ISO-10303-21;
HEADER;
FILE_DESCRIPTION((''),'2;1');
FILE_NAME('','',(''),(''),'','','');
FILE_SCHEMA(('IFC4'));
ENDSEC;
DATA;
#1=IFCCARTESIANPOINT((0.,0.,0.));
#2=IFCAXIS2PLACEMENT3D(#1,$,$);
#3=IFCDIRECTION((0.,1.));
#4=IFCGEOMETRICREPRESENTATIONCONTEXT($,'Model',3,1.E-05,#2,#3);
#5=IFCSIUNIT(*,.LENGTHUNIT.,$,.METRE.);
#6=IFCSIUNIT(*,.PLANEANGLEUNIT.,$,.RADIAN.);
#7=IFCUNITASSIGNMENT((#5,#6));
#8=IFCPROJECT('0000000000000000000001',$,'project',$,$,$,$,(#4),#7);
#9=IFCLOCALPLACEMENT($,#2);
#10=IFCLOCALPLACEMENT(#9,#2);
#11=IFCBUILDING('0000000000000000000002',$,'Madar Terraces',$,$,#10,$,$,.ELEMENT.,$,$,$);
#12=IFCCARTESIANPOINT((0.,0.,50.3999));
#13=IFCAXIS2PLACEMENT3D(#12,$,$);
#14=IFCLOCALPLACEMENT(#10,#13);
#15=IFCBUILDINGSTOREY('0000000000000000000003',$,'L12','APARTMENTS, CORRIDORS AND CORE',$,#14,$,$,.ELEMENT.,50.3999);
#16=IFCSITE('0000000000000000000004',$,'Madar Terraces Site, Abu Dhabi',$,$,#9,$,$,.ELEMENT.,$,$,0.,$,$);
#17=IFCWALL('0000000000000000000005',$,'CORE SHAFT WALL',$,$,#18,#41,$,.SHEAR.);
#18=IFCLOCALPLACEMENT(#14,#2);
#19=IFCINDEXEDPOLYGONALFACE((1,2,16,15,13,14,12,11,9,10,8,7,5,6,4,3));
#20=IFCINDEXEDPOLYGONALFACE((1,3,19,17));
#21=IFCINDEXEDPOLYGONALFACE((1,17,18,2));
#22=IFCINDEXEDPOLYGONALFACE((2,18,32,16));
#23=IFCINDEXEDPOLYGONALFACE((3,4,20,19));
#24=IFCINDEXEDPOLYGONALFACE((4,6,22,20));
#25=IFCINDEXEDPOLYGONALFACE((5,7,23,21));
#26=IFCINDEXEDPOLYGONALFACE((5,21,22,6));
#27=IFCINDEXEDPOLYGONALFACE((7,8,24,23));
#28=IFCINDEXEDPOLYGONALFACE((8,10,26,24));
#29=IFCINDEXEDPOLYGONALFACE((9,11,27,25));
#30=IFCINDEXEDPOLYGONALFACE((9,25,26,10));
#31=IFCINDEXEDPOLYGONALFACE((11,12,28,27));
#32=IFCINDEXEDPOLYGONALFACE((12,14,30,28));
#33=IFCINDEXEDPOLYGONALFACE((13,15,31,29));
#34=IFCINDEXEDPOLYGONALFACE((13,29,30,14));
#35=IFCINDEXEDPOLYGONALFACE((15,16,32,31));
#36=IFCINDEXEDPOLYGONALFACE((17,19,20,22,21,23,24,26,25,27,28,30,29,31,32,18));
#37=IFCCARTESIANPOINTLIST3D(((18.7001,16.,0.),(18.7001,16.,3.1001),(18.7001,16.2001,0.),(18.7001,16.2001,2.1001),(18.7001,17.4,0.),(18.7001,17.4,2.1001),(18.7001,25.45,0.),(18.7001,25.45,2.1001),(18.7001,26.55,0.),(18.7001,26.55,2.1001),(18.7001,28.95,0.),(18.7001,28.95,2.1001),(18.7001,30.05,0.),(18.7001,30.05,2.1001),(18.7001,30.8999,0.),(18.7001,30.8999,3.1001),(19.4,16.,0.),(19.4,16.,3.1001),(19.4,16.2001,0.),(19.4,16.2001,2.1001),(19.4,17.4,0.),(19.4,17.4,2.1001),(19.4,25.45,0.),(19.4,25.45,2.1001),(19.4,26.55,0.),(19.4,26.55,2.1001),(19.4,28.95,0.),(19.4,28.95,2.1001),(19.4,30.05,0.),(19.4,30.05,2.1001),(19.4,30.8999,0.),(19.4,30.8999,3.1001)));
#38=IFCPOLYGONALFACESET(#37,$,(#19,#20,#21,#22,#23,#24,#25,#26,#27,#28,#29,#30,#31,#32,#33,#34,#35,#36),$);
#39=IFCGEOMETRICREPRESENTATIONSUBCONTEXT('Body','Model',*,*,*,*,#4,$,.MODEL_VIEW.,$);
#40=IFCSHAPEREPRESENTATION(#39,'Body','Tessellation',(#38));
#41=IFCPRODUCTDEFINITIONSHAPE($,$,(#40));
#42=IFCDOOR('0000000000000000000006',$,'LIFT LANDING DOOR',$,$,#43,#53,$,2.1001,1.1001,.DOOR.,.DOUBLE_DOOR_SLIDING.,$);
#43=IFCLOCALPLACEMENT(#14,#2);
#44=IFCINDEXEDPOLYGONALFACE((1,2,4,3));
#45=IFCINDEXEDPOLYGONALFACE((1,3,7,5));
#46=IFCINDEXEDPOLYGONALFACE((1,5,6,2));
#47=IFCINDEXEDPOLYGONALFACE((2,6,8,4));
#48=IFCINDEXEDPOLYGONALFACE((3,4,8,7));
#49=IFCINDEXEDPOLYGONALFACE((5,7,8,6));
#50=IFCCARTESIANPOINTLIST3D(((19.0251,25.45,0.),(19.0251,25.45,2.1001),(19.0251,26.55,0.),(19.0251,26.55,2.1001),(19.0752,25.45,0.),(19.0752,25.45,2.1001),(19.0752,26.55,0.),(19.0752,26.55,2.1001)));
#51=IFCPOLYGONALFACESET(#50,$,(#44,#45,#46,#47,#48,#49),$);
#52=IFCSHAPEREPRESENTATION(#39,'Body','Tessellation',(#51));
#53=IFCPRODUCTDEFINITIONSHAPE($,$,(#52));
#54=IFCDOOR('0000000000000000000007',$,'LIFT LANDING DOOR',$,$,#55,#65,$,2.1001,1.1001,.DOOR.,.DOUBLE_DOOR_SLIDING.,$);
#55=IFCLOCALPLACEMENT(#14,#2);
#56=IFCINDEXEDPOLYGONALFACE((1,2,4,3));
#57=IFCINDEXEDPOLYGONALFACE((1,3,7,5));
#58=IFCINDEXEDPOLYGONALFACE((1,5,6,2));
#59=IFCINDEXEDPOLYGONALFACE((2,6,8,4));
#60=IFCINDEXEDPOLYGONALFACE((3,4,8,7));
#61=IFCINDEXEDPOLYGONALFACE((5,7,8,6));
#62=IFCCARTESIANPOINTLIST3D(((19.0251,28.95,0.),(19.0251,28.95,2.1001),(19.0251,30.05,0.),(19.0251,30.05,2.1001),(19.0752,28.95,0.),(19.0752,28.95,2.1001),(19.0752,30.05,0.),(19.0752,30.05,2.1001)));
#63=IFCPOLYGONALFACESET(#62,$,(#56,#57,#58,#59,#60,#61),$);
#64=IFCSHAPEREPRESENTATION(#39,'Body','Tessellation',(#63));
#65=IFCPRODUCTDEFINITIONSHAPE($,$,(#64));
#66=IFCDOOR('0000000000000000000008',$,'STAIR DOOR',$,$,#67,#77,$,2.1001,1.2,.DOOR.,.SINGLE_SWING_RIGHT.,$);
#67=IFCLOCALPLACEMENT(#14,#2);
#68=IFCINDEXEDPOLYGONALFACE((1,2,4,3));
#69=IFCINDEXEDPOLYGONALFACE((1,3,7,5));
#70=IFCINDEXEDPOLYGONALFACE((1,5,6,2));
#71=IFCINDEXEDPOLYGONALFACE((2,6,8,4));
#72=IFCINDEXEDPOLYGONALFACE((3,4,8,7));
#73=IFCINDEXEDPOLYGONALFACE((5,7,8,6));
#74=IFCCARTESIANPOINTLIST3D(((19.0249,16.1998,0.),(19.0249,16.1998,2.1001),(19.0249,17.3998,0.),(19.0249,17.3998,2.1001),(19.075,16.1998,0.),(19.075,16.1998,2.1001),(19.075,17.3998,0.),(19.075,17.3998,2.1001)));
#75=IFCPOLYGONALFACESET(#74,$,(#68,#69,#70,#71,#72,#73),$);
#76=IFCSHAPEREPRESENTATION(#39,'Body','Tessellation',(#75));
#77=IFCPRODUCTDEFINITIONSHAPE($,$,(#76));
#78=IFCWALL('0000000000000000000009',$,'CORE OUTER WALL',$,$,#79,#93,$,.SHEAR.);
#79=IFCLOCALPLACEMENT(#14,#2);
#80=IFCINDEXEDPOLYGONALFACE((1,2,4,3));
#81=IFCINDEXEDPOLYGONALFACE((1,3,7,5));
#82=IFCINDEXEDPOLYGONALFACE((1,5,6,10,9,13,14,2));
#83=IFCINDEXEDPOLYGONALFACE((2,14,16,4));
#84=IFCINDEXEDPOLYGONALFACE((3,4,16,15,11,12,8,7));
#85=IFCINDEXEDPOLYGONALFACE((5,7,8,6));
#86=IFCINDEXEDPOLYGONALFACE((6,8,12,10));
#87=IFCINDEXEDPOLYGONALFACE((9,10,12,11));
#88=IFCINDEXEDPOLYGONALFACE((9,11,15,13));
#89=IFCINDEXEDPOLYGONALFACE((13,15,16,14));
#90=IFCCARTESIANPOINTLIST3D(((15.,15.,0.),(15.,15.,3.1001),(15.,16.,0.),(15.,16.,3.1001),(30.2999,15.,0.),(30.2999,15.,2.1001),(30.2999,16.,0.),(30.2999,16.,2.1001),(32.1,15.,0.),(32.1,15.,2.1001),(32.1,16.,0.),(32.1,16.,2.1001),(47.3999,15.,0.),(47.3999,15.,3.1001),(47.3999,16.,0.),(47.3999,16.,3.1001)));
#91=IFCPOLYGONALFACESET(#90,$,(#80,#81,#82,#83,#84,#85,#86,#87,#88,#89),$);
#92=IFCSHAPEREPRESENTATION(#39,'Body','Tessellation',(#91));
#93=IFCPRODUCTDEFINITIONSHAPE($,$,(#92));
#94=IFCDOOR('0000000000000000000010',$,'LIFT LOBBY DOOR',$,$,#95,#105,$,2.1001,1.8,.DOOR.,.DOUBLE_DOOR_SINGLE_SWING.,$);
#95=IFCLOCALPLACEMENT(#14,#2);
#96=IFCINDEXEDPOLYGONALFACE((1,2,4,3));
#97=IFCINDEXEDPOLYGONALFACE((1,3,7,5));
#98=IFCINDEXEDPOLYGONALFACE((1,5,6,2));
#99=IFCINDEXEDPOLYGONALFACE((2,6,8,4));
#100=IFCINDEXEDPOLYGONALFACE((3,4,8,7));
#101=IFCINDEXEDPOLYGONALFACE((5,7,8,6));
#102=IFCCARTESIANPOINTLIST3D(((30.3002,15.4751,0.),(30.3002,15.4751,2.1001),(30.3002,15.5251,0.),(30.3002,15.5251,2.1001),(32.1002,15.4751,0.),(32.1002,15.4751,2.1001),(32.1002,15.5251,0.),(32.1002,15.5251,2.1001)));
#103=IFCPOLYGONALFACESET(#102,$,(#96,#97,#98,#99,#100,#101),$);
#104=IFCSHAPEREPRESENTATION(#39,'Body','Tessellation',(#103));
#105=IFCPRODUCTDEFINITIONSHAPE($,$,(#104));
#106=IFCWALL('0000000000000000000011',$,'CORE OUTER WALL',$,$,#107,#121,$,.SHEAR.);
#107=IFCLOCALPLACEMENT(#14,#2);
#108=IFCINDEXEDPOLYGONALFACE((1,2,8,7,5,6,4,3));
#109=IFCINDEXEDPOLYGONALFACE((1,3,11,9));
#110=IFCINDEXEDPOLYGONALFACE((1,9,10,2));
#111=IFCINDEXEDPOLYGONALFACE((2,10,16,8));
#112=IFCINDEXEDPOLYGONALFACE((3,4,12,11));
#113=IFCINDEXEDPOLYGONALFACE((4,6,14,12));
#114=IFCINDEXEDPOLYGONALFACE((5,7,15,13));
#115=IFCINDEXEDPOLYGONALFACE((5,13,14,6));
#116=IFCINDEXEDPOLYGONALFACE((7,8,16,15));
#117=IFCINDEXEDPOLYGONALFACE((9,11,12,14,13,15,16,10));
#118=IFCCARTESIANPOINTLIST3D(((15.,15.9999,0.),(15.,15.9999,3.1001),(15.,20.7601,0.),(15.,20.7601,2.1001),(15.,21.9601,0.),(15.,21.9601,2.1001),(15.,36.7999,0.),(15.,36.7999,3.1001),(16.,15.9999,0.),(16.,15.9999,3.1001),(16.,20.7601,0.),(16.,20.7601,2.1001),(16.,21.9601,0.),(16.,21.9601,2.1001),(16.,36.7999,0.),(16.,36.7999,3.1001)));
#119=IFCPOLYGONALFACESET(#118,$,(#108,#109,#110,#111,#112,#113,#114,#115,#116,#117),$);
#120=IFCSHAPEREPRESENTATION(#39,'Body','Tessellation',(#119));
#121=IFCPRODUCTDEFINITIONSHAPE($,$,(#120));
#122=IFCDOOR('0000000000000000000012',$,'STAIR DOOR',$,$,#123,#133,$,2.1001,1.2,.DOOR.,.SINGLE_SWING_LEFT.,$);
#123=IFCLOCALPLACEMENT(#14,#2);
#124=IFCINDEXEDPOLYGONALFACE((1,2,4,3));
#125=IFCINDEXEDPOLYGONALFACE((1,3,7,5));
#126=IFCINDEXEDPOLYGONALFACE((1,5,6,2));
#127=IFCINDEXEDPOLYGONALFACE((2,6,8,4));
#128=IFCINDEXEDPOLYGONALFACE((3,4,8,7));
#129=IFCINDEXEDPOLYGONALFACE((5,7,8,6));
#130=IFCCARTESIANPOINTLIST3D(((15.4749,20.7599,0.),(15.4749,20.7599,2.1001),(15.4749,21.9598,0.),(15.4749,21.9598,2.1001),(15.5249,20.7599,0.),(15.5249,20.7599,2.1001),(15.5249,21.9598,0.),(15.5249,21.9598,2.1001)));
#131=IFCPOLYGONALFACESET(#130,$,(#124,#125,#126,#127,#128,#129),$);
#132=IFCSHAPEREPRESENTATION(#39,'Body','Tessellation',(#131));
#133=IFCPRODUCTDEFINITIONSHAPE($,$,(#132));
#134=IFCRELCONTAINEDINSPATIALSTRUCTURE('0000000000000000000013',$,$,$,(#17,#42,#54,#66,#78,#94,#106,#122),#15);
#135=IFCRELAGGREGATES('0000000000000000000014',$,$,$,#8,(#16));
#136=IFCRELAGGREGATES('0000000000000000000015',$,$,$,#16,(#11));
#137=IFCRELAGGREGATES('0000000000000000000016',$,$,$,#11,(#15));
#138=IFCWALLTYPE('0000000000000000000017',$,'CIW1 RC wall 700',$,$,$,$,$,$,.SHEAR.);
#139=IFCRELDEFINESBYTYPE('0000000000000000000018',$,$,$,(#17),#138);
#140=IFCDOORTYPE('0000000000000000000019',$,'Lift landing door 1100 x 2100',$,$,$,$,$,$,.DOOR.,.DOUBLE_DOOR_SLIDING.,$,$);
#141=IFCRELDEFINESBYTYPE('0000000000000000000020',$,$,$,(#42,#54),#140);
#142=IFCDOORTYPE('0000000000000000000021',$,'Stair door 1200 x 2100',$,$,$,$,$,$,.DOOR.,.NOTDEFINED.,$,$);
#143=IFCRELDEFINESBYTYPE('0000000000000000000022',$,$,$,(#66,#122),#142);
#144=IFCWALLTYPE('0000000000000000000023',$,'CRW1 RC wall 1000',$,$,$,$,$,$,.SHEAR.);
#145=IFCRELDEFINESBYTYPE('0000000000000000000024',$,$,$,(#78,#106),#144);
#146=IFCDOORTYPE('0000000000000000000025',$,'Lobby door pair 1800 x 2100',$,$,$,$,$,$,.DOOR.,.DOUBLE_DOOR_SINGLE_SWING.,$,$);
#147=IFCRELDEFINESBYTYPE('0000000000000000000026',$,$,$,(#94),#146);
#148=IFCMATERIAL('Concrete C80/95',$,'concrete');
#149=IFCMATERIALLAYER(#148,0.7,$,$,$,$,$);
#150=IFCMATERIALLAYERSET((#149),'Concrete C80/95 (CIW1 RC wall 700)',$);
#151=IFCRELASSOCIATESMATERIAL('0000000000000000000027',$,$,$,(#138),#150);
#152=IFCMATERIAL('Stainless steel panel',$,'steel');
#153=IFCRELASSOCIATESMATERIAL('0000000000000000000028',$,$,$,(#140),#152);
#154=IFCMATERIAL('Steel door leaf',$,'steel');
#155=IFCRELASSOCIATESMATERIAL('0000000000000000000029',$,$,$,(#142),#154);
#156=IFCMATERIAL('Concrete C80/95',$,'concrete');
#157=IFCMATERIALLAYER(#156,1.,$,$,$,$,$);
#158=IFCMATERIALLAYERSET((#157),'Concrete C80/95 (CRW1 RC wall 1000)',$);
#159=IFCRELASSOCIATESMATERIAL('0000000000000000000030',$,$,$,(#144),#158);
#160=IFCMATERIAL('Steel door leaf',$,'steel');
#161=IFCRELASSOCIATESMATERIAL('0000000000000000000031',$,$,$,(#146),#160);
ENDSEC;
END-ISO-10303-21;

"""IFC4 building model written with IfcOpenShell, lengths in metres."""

from ifc_helpers import new_model, si_unit, direction, frame, frame_2d, origin, place, context, subcontext, project, spatial, rectangle, extrude, material, layer, layer_set, type_object, element, fill, save


model = new_model("IFC4")

# Units and contexts
model_context = context("Model", 3, precision=1e-05, world=origin(), true_north=direction((0.0, 1.0)))
body_context = subcontext(model_context, "Body", "Model", "MODEL_VIEW")
ifc_project = project(units=[si_unit("LENGTHUNIT", "METRE"), si_unit("PLANEANGLEUNIT", "RADIAN")], contexts=[model_context])

# Site, building, storey
site_placement = place(None, origin())
site = spatial("IfcSite", under=ifc_project, at=site_placement, Name="Madar Terraces Site, Abu Dhabi", CompositionType="ELEMENT", RefElevation=0.0)
building_placement = place(site_placement, origin())
building = spatial("IfcBuilding", under=site, at=building_placement, Name="Madar Terraces", CompositionType="ELEMENT")
storey_placement = place(building_placement, frame((0.0, 0.0, 50.3999)))
storey = spatial("IfcBuildingStorey", under=building, at=storey_placement, Name="L12", Description="APARTMENTS, CORRIDORS AND CORE", CompositionType="ELEMENT", Elevation=50.3999)

# Wall, openings, doors
ifc_material_1 = material(Name="Concrete C80/95", Category="concrete")
ifc_layer_1 = layer(ifc_material_1, 0.7)
ifc_layer_set_1 = layer_set([ifc_layer_1], Name="Concrete C80/95 (CIW1 RC wall 700)")
wall_type_1 = type_object("IfcWallType", Name="CIW1 RC wall 700", PredefinedType="SHEAR", material=ifc_layer_set_1)
wall_1_placement = place(storey_placement, frame((19.05, 16.0, 0.0), z_axis=(0.0, 0.0, 1.0), x_axis=(0.0, 1.0, 0.0)))
wall_1 = element("IfcWall", 1, at=wall_1_placement, inside=storey, type_object=wall_type_1, Name="CORE SHAFT WALL", PredefinedType="SHEAR", context=body_context, shape_type="SweptSolid", body=[
    extrude(rectangle(XDim=14.8999, YDim=0.7, at=frame_2d((7.45, 0.0))), origin(), (0.0, 0.0, 1.0), 3.1001),
])
opening_1_placement = place(wall_1_placement, frame((9.45, 0.0, 0.0)))
opening_1 = element("IfcOpeningElement", 2, at=opening_1_placement, cuts=wall_1, PredefinedType="OPENING", context=body_context, shape_type="SweptSolid", body=[
    extrude(rectangle(XDim=1.1001, YDim=2.1001, at=frame_2d((0.55, 1.05))), frame((0.0, 0.3599, 0.0), z_axis=(0.0, -1.0, 0.0), x_axis=(1.0, 0.0, 0.0)), (0.0, 0.0, 1.0), 0.72),
])
opening_2_placement = place(wall_1_placement, frame((12.95, 0.0, 0.0)))
opening_2 = element("IfcOpeningElement", 3, at=opening_2_placement, cuts=wall_1, PredefinedType="OPENING", context=body_context, shape_type="SweptSolid", body=[
    extrude(rectangle(XDim=1.1001, YDim=2.1001, at=frame_2d((0.55, 1.05))), frame((0.0, 0.3599, 0.0), z_axis=(0.0, -1.0, 0.0), x_axis=(1.0, 0.0, 0.0)), (0.0, 0.0, 1.0), 0.72),
])
opening_3_placement = place(wall_1_placement, frame((0.2, 0.0, 0.0)))
opening_3 = element("IfcOpeningElement", 4, at=opening_3_placement, cuts=wall_1, PredefinedType="OPENING", context=body_context, shape_type="SweptSolid", body=[
    extrude(rectangle(XDim=1.2, YDim=2.1001, at=frame_2d((0.6001, 1.05))), frame((0.0, 0.3599, 0.0), z_axis=(0.0, -1.0, 0.0), x_axis=(1.0, 0.0, 0.0)), (0.0, 0.0, 1.0), 0.72),
])
ifc_material_2 = material(Name="Stainless steel panel", Category="steel")
door_type_1 = type_object("IfcDoorType", Name="Lift landing door 1100 x 2100", OperationType="DOUBLE_DOOR_SLIDING", PredefinedType="DOOR", material=ifc_material_2)
door_1_placement = place(opening_1_placement, origin())
door_1 = element("IfcDoor", 5, at=door_1_placement, inside=storey, type_object=door_type_1, Name="LIFT LANDING DOOR", OperationType="DOUBLE_DOOR_SLIDING", OverallHeight=2.1001, OverallWidth=1.1001, PredefinedType="DOOR", context=body_context, shape_type="SweptSolid", body=[
    extrude(rectangle(XDim=1.1001, YDim=2.1001, at=frame_2d((0.55, 1.05))), frame((0.0, 0.0249, 0.0), z_axis=(0.0, -1.0, 0.0), x_axis=(1.0, 0.0, 0.0)), (0.0, 0.0, 1.0), 0.05),
])
fill(opening_1, door_1)
door_2_placement = place(opening_2_placement, origin())
door_2 = element("IfcDoor", 6, at=door_2_placement, inside=storey, type_object=door_type_1, Name="LIFT LANDING DOOR", OperationType="DOUBLE_DOOR_SLIDING", OverallHeight=2.1001, OverallWidth=1.1001, PredefinedType="DOOR", context=body_context, shape_type="SweptSolid", body=[
    extrude(rectangle(XDim=1.1001, YDim=2.1001, at=frame_2d((0.55, 1.05))), frame((0.0, 0.0249, 0.0), z_axis=(0.0, -1.0, 0.0), x_axis=(1.0, 0.0, 0.0)), (0.0, 0.0, 1.0), 0.05),
])
fill(opening_2, door_2)
ifc_material_3 = material(Name="Steel door leaf", Category="steel")
door_type_2 = type_object("IfcDoorType", Name="Stair door 1200 x 2100", OperationType="NOTDEFINED", PredefinedType="DOOR", material=ifc_material_3)
door_3_placement = place(opening_3_placement, frame((1.2, 0.0, 0.0), z_axis=(0.0, 0.0, 1.0), x_axis=(-1.0, 0.0, 0.0)))
door_3 = element("IfcDoor", 7, at=door_3_placement, inside=storey, type_object=door_type_2, Name="STAIR DOOR", OperationType="SINGLE_SWING_RIGHT", OverallHeight=2.1001, OverallWidth=1.2, PredefinedType="DOOR", context=body_context, shape_type="SweptSolid", body=[
    extrude(rectangle(XDim=1.2, YDim=2.1001, at=frame_2d((0.6001, 1.05))), frame((0.0, 0.0249, 0.0), z_axis=(0.0, -1.0, 0.0), x_axis=(1.0, 0.0, 0.0)), (0.0, 0.0, 1.0), 0.05),
])
fill(opening_3, door_3)

# Walls, openings, doors
ifc_material_4 = material(Name="Concrete C80/95", Category="concrete")
ifc_layer_2 = layer(ifc_material_4, 1.0)
ifc_layer_set_2 = layer_set([ifc_layer_2], Name="Concrete C80/95 (CRW1 RC wall 1000)")
wall_type_2 = type_object("IfcWallType", Name="CRW1 RC wall 1000", PredefinedType="SHEAR", material=ifc_layer_set_2)
wall_2_placement = place(storey_placement, frame((15.0, 15.5, 0.0), z_axis=(0.0, 0.0, 1.0), x_axis=(1.0, 0.0, 0.0)))
wall_2 = element("IfcWall", 8, at=wall_2_placement, inside=storey, type_object=wall_type_2, Name="CORE OUTER WALL", PredefinedType="SHEAR", context=body_context, shape_type="SweptSolid", body=[
    extrude(rectangle(XDim=32.3999, YDim=1.0, at=frame_2d((16.2, 0.0))), origin(), (0.0, 0.0, 1.0), 3.1001),
])
opening_4_placement = place(wall_2_placement, frame((15.3, 0.0, 0.0)))
opening_4 = element("IfcOpeningElement", 9, at=opening_4_placement, cuts=wall_2, PredefinedType="OPENING", context=body_context, shape_type="SweptSolid", body=[
    extrude(rectangle(XDim=1.8, YDim=2.1001, at=frame_2d((0.8999, 1.05))), frame((0.0, 0.51, 0.0), z_axis=(0.0, -1.0, 0.0), x_axis=(1.0, 0.0, 0.0)), (0.0, 0.0, 1.0), 1.02),
])
ifc_material_5 = material(Name="Steel door leaf", Category="steel")
door_type_3 = type_object("IfcDoorType", Name="Lobby door pair 1800 x 2100", OperationType="DOUBLE_DOOR_SINGLE_SWING", PredefinedType="DOOR", material=ifc_material_5)
door_4_placement = place(opening_4_placement, frame((1.8, 0.0, 0.0), z_axis=(0.0, 0.0, 1.0), x_axis=(-1.0, 0.0, 0.0)))
door_4 = element("IfcDoor", 10, at=door_4_placement, inside=storey, type_object=door_type_3, Name="LIFT LOBBY DOOR", OperationType="DOUBLE_DOOR_SINGLE_SWING", OverallHeight=2.1001, OverallWidth=1.8, PredefinedType="DOOR", context=body_context, shape_type="SweptSolid", body=[
    extrude(rectangle(XDim=1.8, YDim=2.1001, at=frame_2d((0.8999, 1.05))), frame((0.0, 0.0249, 0.0), z_axis=(0.0, -1.0, 0.0), x_axis=(1.0, 0.0, 0.0)), (0.0, 0.0, 1.0), 0.05),
])
fill(opening_4, door_4)
wall_3_placement = place(storey_placement, frame((15.5, 16.0, 0.0), z_axis=(0.0, 0.0, 1.0), x_axis=(0.0, 1.0, 0.0)))
wall_3 = element("IfcWall", 11, at=wall_3_placement, inside=storey, type_object=wall_type_2, Name="CORE OUTER WALL", PredefinedType="SHEAR", context=body_context, shape_type="SweptSolid", body=[
    extrude(rectangle(XDim=20.8, YDim=1.0, at=frame_2d((10.3999, 0.0))), origin(), (0.0, 0.0, 1.0), 3.1001),
])
opening_5_placement = place(wall_3_placement, frame((4.76, 0.0, 0.0)))
opening_5 = element("IfcOpeningElement", 12, at=opening_5_placement, cuts=wall_3, PredefinedType="OPENING", context=body_context, shape_type="SweptSolid", body=[
    extrude(rectangle(XDim=1.2, YDim=2.1001, at=frame_2d((0.6001, 1.05))), frame((0.0, 0.51, 0.0), z_axis=(0.0, -1.0, 0.0), x_axis=(1.0, 0.0, 0.0)), (0.0, 0.0, 1.0), 1.02),
])
door_5_placement = place(opening_5_placement, frame((1.2, 0.0, 0.0), z_axis=(0.0, 0.0, 1.0), x_axis=(-1.0, 0.0, 0.0)))
door_5 = element("IfcDoor", 13, at=door_5_placement, inside=storey, type_object=door_type_2, Name="STAIR DOOR", OperationType="SINGLE_SWING_LEFT", OverallHeight=2.1001, OverallWidth=1.2, PredefinedType="DOOR", context=body_context, shape_type="SweptSolid", body=[
    extrude(rectangle(XDim=1.2, YDim=2.1001, at=frame_2d((0.6001, 1.05))), frame((0.0, 0.0249, 0.0), z_axis=(0.0, -1.0, 0.0), x_axis=(1.0, 0.0, 0.0)), (0.0, 0.0, 1.0), 0.05),
])
fill(opening_5, door_5)

save(model, "model.ifc")
